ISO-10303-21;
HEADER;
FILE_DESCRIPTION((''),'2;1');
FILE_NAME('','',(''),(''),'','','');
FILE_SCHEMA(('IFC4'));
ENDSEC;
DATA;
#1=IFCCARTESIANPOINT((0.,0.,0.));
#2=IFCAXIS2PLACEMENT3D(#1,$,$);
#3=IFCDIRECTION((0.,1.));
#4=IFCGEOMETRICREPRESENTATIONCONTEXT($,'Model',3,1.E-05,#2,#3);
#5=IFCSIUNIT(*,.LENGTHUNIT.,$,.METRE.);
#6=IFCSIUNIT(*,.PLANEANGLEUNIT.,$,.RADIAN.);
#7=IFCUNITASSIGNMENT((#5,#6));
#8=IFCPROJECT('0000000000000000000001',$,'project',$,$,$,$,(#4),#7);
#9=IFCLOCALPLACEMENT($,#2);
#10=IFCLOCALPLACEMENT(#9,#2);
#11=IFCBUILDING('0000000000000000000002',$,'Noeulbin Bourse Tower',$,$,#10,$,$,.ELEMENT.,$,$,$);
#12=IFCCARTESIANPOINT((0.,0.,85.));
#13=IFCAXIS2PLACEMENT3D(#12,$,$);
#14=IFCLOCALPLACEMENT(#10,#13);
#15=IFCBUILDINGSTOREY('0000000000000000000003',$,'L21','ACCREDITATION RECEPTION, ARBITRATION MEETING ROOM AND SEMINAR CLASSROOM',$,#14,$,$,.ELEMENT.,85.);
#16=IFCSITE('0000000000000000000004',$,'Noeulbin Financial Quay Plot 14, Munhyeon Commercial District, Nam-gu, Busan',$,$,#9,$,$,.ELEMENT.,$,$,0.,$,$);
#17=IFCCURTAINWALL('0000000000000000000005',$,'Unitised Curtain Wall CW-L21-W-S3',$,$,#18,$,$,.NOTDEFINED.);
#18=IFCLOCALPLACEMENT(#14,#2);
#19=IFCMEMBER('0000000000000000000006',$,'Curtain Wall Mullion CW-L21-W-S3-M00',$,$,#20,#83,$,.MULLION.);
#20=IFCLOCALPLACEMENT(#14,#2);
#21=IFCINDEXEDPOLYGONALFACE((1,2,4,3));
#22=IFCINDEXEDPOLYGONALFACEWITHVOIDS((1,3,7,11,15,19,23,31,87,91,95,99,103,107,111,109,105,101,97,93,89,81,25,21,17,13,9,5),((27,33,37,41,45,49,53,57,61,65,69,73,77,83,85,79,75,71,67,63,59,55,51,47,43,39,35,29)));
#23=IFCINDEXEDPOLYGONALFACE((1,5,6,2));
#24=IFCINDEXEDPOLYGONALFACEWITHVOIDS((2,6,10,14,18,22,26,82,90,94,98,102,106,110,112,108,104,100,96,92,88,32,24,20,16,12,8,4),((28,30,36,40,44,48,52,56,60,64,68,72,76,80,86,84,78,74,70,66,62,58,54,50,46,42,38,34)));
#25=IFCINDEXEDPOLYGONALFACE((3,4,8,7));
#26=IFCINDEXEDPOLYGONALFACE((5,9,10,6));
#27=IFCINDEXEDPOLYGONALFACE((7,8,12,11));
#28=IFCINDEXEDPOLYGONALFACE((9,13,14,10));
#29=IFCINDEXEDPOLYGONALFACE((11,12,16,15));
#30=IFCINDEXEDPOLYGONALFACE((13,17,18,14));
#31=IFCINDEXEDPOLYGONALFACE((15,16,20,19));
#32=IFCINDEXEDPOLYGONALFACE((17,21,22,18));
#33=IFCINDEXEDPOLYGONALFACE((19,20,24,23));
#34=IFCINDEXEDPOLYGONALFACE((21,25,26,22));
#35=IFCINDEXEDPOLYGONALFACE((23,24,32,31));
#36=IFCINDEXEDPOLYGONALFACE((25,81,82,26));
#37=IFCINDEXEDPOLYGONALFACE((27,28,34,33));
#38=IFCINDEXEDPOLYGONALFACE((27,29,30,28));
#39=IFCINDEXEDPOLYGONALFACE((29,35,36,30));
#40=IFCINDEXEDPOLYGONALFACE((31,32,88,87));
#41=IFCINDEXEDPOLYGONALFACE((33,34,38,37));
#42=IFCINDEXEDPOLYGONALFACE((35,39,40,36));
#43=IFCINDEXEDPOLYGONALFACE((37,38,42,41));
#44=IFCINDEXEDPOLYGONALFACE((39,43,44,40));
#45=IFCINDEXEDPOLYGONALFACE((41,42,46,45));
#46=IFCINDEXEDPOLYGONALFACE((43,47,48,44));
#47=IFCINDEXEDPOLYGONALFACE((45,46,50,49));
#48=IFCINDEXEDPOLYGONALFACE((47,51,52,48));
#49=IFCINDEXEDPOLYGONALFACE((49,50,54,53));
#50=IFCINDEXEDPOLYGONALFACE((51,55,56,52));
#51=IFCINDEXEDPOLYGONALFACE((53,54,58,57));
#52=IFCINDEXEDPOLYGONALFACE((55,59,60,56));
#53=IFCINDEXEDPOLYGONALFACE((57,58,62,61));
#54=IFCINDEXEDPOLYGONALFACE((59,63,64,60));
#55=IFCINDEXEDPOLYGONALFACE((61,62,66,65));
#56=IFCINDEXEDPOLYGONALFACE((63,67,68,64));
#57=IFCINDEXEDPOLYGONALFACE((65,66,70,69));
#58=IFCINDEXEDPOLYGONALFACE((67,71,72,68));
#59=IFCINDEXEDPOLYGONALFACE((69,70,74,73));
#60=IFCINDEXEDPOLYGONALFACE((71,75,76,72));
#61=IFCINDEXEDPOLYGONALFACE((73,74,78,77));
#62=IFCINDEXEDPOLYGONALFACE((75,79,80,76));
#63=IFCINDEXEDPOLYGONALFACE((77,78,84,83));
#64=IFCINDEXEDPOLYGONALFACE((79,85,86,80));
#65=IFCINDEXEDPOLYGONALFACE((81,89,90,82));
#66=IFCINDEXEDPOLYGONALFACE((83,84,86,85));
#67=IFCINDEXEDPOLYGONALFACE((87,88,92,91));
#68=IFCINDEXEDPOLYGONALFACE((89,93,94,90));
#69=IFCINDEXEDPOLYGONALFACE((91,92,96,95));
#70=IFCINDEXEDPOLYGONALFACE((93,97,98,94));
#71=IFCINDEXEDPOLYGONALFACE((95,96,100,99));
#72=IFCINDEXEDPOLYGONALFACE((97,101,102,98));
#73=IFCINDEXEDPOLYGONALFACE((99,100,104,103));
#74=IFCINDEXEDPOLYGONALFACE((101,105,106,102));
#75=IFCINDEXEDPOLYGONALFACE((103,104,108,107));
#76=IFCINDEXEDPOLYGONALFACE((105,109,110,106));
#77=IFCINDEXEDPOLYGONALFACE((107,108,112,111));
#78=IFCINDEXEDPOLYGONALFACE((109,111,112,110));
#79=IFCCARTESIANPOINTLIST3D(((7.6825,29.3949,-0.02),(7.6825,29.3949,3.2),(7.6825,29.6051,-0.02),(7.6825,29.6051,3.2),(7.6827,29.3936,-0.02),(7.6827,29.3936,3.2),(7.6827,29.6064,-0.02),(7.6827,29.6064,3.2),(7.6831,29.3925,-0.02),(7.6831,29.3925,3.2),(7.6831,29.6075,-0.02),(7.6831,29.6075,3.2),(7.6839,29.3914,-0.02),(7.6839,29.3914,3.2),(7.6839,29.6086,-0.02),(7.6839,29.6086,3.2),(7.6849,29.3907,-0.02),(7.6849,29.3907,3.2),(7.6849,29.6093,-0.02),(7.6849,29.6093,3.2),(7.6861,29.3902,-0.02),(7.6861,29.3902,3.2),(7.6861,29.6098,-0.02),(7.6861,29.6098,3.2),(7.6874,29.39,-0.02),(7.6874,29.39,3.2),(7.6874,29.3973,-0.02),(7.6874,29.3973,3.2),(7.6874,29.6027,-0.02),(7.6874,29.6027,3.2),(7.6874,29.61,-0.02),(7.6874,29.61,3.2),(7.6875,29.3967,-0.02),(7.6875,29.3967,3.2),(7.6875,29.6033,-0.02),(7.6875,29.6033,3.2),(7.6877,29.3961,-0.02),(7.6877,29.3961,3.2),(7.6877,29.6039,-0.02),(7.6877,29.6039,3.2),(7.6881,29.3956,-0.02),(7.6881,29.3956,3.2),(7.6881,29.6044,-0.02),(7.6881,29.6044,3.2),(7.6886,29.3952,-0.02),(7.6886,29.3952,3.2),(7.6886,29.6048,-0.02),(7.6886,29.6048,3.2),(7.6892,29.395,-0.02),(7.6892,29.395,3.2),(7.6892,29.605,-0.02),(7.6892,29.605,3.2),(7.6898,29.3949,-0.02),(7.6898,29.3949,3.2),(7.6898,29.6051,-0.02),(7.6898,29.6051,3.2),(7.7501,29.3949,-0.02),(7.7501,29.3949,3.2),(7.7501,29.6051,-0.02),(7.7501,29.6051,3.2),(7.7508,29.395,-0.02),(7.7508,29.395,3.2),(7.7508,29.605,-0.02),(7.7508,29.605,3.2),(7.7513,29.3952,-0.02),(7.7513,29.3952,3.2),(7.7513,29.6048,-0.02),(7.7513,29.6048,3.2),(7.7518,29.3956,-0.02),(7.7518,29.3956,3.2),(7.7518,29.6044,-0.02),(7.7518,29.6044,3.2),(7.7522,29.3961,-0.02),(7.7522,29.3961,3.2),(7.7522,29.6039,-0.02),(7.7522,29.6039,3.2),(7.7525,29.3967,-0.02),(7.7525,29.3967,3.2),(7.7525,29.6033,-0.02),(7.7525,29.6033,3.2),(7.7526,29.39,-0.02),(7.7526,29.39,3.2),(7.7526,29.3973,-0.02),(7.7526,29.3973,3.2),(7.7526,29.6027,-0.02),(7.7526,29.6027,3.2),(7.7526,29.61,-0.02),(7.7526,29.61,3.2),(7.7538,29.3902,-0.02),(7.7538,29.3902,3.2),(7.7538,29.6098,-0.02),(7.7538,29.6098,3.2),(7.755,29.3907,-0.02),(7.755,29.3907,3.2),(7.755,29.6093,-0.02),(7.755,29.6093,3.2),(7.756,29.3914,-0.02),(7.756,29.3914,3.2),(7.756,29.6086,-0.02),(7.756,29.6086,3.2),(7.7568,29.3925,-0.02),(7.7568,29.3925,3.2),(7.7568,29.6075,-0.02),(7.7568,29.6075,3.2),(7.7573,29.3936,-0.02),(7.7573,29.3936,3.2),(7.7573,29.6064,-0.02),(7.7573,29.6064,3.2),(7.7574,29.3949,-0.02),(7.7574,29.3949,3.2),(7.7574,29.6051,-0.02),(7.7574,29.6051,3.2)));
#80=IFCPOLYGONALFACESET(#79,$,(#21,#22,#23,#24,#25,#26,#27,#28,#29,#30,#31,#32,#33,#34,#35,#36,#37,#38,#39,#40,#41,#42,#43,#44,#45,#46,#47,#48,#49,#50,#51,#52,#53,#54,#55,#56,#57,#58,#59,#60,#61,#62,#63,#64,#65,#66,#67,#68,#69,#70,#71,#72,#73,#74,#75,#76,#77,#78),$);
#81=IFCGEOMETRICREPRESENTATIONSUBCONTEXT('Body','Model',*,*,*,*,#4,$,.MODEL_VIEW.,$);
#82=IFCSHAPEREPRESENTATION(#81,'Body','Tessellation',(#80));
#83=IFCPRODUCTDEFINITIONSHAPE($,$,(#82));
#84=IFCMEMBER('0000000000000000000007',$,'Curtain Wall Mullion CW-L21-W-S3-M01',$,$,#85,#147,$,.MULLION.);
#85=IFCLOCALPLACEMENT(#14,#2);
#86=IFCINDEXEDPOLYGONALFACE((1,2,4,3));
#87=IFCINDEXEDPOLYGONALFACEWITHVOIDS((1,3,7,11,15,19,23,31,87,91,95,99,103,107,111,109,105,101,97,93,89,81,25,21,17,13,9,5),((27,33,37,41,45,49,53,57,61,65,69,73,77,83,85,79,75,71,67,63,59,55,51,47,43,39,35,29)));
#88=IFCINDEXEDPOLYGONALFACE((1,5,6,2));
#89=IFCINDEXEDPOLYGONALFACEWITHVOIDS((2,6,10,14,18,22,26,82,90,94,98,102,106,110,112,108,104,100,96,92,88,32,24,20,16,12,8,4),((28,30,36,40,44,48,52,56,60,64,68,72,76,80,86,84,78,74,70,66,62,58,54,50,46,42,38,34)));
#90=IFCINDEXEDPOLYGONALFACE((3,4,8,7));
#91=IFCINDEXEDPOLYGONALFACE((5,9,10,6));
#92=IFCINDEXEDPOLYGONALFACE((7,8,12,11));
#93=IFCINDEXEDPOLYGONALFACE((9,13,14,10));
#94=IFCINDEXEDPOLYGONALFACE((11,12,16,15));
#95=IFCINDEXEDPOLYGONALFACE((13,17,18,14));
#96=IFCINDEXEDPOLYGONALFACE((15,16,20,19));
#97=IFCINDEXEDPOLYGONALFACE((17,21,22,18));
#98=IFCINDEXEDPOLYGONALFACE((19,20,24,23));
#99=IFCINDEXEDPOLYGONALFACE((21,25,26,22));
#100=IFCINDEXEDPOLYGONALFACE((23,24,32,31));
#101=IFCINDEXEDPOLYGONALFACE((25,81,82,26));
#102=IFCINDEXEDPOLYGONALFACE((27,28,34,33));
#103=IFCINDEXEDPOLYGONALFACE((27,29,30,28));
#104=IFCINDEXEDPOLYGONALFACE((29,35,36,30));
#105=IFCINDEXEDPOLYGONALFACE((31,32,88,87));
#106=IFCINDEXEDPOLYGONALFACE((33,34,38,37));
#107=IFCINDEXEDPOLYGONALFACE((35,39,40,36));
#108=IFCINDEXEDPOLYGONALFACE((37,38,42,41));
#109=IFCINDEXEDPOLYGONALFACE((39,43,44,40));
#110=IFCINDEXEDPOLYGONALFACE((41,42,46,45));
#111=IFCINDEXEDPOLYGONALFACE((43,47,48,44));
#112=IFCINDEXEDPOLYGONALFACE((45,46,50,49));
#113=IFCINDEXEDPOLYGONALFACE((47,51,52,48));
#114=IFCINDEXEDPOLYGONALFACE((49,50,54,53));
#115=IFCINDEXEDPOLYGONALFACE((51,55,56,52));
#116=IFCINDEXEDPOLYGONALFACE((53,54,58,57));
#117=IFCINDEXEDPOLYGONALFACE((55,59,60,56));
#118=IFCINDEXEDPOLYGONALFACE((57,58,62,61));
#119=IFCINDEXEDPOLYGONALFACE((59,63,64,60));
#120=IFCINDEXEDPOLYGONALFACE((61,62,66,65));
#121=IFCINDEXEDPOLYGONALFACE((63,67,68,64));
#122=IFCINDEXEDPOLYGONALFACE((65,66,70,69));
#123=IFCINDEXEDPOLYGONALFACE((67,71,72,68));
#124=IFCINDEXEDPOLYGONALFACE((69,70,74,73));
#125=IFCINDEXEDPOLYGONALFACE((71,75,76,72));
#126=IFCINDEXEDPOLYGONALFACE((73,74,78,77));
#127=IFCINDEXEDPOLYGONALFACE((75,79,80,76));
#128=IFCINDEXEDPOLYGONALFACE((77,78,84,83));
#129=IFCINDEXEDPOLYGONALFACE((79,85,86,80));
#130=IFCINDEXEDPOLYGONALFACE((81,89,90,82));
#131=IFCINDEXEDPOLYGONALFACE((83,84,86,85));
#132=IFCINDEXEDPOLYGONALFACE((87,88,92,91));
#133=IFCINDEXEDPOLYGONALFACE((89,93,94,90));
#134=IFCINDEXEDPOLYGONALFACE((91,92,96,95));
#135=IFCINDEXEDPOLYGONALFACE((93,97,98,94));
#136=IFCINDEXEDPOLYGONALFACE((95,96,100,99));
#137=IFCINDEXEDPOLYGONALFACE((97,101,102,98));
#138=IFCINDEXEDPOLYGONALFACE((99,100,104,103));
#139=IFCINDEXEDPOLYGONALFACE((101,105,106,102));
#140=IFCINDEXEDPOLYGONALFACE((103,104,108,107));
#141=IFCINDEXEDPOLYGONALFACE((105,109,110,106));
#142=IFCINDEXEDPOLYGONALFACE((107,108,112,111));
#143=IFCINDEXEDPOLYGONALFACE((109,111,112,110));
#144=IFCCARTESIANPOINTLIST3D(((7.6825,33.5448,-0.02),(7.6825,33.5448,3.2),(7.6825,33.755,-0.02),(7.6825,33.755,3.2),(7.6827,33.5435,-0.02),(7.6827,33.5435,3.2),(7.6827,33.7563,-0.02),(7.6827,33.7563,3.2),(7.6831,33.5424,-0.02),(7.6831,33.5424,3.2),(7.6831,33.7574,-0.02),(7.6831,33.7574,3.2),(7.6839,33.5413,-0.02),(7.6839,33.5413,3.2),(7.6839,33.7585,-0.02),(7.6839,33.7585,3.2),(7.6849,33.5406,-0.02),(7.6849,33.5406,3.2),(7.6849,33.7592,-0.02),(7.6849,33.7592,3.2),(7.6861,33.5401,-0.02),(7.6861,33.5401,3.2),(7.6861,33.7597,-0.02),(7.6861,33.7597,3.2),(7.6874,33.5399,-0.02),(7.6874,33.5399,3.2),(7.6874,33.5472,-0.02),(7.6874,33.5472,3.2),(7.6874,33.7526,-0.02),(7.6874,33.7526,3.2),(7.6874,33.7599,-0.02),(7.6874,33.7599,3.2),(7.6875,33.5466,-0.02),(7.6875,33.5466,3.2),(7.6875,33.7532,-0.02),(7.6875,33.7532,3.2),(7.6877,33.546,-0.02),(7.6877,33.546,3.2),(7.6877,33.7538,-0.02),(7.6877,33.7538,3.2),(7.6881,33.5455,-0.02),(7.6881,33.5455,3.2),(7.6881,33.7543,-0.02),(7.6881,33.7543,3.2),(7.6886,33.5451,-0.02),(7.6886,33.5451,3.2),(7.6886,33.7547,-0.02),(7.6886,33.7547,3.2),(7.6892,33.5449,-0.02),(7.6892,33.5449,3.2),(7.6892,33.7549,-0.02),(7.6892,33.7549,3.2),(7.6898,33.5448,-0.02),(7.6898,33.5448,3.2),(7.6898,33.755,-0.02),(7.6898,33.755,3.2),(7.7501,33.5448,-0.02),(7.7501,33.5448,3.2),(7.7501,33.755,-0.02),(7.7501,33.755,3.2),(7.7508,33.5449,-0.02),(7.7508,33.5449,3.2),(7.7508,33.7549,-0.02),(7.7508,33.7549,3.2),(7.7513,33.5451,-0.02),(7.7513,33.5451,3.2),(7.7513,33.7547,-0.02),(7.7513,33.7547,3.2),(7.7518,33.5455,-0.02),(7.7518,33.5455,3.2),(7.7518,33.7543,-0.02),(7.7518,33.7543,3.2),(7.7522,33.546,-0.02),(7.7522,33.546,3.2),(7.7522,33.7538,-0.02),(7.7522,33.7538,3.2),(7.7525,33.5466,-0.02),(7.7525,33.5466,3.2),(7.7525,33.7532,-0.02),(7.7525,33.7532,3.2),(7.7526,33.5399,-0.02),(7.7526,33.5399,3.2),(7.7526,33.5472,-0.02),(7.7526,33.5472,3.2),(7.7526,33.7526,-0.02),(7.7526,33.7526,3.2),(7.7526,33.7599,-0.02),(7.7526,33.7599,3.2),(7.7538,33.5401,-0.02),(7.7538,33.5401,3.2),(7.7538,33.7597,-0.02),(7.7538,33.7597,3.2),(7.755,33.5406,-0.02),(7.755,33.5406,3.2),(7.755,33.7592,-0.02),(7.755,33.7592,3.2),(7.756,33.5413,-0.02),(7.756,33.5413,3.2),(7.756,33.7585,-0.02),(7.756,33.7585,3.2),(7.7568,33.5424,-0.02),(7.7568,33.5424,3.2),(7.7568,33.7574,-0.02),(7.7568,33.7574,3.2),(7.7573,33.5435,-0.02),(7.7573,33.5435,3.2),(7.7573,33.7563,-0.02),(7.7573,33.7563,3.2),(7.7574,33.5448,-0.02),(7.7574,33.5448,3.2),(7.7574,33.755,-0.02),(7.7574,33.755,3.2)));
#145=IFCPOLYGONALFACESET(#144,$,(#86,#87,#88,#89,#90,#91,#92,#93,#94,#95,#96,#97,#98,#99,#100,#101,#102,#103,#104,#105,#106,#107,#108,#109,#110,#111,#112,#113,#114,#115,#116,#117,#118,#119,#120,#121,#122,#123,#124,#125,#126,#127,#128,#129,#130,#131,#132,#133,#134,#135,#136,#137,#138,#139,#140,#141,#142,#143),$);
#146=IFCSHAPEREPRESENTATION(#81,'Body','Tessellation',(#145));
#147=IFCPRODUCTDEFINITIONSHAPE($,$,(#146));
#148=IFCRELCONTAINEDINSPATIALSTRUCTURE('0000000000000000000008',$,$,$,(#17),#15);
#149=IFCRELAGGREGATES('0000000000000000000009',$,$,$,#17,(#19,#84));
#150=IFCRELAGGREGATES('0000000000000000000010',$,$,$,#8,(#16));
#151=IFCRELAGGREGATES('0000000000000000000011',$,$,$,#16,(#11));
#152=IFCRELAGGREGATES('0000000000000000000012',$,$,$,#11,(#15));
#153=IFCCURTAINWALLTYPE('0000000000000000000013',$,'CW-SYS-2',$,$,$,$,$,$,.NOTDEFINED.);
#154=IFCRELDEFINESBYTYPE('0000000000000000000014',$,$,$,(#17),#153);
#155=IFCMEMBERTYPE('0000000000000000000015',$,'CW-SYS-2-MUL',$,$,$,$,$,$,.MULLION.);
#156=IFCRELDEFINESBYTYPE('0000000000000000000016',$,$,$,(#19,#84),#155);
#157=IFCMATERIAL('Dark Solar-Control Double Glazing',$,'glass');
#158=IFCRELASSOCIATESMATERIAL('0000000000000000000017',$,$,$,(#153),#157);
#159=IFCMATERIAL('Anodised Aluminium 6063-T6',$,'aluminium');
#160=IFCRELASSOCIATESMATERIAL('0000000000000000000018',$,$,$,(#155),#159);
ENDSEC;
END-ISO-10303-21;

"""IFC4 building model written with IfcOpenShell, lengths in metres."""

from ifc_helpers import new_model, si_unit, direction, frame, origin, origin_2d, place, context, subcontext, project, spatial, hollow_rectangle, extrude, material, material_profile, profile_set, type_object, element, aggregate, save


model = new_model("IFC4")

# Units and contexts
model_context = context("Model", 3, precision=1e-05, world=origin(), true_north=direction((0.0, 1.0)))
body_context = subcontext(model_context, "Body", "Model", "MODEL_VIEW")
ifc_project = project(units=[si_unit("LENGTHUNIT", "METRE"), si_unit("PLANEANGLEUNIT", "RADIAN")], contexts=[model_context])

# Site, building, storey
site_placement = place(None, origin())
site = spatial("IfcSite", under=ifc_project, at=site_placement, Name="Noeulbin Financial Quay Plot 14, Munhyeon Commercial District, Nam-gu, Busan", CompositionType="ELEMENT", RefElevation=0.0)
building_placement = place(site_placement, origin())
building = spatial("IfcBuilding", under=site, at=building_placement, Name="Noeulbin Bourse Tower", CompositionType="ELEMENT")
storey_placement = place(building_placement, frame((0.0, 0.0, 85.0)))
storey = spatial("IfcBuildingStorey", under=building, at=storey_placement, Name="L21", Description="ACCREDITATION RECEPTION, ARBITRATION MEETING ROOM AND SEMINAR CLASSROOM", CompositionType="ELEMENT", Elevation=85.0)

# Curtain wall, members
ifc_material_1 = material(Name="Dark Solar-Control Double Glazing", Category="glass")
curtain_wall_type = type_object("IfcCurtainWallType", Name="CW-SYS-2", PredefinedType="NOTDEFINED", material=ifc_material_1)
curtain_wall_placement = place(storey_placement, origin())
curtain_wall = element("IfcCurtainWall", 1, at=curtain_wall_placement, inside=storey, type_object=curtain_wall_type, Name="Unitised Curtain Wall CW-L21-W-S3", PredefinedType="NOTDEFINED")
ifc_material_2 = material(Name="Anodised Aluminium 6063-T6", Category="aluminium")
ifc_material_profile_1 = material_profile(ifc_material_2, hollow_rectangle(XDim=0.075, YDim=0.22, WallThickness=0.0049, InnerFilletRadius=0.0024, OuterFilletRadius=0.0049, at=origin_2d()), Name="ALU-MULL-75x220x5", Category="LoadBearing")
ifc_profile_set_1 = profile_set([ifc_material_profile_1], Name="Anodised Aluminium 6063-T6")
member_type_1 = type_object("IfcMemberType", Name="CW-SYS-2-MUL", PredefinedType="MULLION", material=ifc_profile_set_1)
member_1_placement = place(storey_placement, frame((7.72, 29.5, -0.02), z_axis=(0.0, 0.0, 1.0), x_axis=(1.0, 0.0, 0.0)))
member_1 = element("IfcMember", 2, at=member_1_placement, type_object=member_type_1, Name="Curtain Wall Mullion CW-L21-W-S3-M00", PredefinedType="MULLION", context=body_context, shape_type="SweptSolid", body=[
    extrude(hollow_rectangle(XDim=0.075, YDim=0.22, WallThickness=0.0049, InnerFilletRadius=0.0024, OuterFilletRadius=0.0049, at=origin_2d()), origin(), (0.0, 0.0, 1.0), 3.22),
])
member_2_placement = place(storey_placement, frame((7.72, 33.6499, -0.02), z_axis=(0.0, 0.0, 1.0), x_axis=(1.0, 0.0, 0.0)))
member_2 = element("IfcMember", 3, at=member_2_placement, type_object=member_type_1, Name="Curtain Wall Mullion CW-L21-W-S3-M01", PredefinedType="MULLION", context=body_context, shape_type="SweptSolid", body=[
    extrude(hollow_rectangle(XDim=0.075, YDim=0.22, WallThickness=0.0049, InnerFilletRadius=0.0024, OuterFilletRadius=0.0049, at=origin_2d()), origin(), (0.0, 0.0, 1.0), 3.22),
])
aggregate(curtain_wall, [member_1, member_2])

save(model, "model.ifc")
